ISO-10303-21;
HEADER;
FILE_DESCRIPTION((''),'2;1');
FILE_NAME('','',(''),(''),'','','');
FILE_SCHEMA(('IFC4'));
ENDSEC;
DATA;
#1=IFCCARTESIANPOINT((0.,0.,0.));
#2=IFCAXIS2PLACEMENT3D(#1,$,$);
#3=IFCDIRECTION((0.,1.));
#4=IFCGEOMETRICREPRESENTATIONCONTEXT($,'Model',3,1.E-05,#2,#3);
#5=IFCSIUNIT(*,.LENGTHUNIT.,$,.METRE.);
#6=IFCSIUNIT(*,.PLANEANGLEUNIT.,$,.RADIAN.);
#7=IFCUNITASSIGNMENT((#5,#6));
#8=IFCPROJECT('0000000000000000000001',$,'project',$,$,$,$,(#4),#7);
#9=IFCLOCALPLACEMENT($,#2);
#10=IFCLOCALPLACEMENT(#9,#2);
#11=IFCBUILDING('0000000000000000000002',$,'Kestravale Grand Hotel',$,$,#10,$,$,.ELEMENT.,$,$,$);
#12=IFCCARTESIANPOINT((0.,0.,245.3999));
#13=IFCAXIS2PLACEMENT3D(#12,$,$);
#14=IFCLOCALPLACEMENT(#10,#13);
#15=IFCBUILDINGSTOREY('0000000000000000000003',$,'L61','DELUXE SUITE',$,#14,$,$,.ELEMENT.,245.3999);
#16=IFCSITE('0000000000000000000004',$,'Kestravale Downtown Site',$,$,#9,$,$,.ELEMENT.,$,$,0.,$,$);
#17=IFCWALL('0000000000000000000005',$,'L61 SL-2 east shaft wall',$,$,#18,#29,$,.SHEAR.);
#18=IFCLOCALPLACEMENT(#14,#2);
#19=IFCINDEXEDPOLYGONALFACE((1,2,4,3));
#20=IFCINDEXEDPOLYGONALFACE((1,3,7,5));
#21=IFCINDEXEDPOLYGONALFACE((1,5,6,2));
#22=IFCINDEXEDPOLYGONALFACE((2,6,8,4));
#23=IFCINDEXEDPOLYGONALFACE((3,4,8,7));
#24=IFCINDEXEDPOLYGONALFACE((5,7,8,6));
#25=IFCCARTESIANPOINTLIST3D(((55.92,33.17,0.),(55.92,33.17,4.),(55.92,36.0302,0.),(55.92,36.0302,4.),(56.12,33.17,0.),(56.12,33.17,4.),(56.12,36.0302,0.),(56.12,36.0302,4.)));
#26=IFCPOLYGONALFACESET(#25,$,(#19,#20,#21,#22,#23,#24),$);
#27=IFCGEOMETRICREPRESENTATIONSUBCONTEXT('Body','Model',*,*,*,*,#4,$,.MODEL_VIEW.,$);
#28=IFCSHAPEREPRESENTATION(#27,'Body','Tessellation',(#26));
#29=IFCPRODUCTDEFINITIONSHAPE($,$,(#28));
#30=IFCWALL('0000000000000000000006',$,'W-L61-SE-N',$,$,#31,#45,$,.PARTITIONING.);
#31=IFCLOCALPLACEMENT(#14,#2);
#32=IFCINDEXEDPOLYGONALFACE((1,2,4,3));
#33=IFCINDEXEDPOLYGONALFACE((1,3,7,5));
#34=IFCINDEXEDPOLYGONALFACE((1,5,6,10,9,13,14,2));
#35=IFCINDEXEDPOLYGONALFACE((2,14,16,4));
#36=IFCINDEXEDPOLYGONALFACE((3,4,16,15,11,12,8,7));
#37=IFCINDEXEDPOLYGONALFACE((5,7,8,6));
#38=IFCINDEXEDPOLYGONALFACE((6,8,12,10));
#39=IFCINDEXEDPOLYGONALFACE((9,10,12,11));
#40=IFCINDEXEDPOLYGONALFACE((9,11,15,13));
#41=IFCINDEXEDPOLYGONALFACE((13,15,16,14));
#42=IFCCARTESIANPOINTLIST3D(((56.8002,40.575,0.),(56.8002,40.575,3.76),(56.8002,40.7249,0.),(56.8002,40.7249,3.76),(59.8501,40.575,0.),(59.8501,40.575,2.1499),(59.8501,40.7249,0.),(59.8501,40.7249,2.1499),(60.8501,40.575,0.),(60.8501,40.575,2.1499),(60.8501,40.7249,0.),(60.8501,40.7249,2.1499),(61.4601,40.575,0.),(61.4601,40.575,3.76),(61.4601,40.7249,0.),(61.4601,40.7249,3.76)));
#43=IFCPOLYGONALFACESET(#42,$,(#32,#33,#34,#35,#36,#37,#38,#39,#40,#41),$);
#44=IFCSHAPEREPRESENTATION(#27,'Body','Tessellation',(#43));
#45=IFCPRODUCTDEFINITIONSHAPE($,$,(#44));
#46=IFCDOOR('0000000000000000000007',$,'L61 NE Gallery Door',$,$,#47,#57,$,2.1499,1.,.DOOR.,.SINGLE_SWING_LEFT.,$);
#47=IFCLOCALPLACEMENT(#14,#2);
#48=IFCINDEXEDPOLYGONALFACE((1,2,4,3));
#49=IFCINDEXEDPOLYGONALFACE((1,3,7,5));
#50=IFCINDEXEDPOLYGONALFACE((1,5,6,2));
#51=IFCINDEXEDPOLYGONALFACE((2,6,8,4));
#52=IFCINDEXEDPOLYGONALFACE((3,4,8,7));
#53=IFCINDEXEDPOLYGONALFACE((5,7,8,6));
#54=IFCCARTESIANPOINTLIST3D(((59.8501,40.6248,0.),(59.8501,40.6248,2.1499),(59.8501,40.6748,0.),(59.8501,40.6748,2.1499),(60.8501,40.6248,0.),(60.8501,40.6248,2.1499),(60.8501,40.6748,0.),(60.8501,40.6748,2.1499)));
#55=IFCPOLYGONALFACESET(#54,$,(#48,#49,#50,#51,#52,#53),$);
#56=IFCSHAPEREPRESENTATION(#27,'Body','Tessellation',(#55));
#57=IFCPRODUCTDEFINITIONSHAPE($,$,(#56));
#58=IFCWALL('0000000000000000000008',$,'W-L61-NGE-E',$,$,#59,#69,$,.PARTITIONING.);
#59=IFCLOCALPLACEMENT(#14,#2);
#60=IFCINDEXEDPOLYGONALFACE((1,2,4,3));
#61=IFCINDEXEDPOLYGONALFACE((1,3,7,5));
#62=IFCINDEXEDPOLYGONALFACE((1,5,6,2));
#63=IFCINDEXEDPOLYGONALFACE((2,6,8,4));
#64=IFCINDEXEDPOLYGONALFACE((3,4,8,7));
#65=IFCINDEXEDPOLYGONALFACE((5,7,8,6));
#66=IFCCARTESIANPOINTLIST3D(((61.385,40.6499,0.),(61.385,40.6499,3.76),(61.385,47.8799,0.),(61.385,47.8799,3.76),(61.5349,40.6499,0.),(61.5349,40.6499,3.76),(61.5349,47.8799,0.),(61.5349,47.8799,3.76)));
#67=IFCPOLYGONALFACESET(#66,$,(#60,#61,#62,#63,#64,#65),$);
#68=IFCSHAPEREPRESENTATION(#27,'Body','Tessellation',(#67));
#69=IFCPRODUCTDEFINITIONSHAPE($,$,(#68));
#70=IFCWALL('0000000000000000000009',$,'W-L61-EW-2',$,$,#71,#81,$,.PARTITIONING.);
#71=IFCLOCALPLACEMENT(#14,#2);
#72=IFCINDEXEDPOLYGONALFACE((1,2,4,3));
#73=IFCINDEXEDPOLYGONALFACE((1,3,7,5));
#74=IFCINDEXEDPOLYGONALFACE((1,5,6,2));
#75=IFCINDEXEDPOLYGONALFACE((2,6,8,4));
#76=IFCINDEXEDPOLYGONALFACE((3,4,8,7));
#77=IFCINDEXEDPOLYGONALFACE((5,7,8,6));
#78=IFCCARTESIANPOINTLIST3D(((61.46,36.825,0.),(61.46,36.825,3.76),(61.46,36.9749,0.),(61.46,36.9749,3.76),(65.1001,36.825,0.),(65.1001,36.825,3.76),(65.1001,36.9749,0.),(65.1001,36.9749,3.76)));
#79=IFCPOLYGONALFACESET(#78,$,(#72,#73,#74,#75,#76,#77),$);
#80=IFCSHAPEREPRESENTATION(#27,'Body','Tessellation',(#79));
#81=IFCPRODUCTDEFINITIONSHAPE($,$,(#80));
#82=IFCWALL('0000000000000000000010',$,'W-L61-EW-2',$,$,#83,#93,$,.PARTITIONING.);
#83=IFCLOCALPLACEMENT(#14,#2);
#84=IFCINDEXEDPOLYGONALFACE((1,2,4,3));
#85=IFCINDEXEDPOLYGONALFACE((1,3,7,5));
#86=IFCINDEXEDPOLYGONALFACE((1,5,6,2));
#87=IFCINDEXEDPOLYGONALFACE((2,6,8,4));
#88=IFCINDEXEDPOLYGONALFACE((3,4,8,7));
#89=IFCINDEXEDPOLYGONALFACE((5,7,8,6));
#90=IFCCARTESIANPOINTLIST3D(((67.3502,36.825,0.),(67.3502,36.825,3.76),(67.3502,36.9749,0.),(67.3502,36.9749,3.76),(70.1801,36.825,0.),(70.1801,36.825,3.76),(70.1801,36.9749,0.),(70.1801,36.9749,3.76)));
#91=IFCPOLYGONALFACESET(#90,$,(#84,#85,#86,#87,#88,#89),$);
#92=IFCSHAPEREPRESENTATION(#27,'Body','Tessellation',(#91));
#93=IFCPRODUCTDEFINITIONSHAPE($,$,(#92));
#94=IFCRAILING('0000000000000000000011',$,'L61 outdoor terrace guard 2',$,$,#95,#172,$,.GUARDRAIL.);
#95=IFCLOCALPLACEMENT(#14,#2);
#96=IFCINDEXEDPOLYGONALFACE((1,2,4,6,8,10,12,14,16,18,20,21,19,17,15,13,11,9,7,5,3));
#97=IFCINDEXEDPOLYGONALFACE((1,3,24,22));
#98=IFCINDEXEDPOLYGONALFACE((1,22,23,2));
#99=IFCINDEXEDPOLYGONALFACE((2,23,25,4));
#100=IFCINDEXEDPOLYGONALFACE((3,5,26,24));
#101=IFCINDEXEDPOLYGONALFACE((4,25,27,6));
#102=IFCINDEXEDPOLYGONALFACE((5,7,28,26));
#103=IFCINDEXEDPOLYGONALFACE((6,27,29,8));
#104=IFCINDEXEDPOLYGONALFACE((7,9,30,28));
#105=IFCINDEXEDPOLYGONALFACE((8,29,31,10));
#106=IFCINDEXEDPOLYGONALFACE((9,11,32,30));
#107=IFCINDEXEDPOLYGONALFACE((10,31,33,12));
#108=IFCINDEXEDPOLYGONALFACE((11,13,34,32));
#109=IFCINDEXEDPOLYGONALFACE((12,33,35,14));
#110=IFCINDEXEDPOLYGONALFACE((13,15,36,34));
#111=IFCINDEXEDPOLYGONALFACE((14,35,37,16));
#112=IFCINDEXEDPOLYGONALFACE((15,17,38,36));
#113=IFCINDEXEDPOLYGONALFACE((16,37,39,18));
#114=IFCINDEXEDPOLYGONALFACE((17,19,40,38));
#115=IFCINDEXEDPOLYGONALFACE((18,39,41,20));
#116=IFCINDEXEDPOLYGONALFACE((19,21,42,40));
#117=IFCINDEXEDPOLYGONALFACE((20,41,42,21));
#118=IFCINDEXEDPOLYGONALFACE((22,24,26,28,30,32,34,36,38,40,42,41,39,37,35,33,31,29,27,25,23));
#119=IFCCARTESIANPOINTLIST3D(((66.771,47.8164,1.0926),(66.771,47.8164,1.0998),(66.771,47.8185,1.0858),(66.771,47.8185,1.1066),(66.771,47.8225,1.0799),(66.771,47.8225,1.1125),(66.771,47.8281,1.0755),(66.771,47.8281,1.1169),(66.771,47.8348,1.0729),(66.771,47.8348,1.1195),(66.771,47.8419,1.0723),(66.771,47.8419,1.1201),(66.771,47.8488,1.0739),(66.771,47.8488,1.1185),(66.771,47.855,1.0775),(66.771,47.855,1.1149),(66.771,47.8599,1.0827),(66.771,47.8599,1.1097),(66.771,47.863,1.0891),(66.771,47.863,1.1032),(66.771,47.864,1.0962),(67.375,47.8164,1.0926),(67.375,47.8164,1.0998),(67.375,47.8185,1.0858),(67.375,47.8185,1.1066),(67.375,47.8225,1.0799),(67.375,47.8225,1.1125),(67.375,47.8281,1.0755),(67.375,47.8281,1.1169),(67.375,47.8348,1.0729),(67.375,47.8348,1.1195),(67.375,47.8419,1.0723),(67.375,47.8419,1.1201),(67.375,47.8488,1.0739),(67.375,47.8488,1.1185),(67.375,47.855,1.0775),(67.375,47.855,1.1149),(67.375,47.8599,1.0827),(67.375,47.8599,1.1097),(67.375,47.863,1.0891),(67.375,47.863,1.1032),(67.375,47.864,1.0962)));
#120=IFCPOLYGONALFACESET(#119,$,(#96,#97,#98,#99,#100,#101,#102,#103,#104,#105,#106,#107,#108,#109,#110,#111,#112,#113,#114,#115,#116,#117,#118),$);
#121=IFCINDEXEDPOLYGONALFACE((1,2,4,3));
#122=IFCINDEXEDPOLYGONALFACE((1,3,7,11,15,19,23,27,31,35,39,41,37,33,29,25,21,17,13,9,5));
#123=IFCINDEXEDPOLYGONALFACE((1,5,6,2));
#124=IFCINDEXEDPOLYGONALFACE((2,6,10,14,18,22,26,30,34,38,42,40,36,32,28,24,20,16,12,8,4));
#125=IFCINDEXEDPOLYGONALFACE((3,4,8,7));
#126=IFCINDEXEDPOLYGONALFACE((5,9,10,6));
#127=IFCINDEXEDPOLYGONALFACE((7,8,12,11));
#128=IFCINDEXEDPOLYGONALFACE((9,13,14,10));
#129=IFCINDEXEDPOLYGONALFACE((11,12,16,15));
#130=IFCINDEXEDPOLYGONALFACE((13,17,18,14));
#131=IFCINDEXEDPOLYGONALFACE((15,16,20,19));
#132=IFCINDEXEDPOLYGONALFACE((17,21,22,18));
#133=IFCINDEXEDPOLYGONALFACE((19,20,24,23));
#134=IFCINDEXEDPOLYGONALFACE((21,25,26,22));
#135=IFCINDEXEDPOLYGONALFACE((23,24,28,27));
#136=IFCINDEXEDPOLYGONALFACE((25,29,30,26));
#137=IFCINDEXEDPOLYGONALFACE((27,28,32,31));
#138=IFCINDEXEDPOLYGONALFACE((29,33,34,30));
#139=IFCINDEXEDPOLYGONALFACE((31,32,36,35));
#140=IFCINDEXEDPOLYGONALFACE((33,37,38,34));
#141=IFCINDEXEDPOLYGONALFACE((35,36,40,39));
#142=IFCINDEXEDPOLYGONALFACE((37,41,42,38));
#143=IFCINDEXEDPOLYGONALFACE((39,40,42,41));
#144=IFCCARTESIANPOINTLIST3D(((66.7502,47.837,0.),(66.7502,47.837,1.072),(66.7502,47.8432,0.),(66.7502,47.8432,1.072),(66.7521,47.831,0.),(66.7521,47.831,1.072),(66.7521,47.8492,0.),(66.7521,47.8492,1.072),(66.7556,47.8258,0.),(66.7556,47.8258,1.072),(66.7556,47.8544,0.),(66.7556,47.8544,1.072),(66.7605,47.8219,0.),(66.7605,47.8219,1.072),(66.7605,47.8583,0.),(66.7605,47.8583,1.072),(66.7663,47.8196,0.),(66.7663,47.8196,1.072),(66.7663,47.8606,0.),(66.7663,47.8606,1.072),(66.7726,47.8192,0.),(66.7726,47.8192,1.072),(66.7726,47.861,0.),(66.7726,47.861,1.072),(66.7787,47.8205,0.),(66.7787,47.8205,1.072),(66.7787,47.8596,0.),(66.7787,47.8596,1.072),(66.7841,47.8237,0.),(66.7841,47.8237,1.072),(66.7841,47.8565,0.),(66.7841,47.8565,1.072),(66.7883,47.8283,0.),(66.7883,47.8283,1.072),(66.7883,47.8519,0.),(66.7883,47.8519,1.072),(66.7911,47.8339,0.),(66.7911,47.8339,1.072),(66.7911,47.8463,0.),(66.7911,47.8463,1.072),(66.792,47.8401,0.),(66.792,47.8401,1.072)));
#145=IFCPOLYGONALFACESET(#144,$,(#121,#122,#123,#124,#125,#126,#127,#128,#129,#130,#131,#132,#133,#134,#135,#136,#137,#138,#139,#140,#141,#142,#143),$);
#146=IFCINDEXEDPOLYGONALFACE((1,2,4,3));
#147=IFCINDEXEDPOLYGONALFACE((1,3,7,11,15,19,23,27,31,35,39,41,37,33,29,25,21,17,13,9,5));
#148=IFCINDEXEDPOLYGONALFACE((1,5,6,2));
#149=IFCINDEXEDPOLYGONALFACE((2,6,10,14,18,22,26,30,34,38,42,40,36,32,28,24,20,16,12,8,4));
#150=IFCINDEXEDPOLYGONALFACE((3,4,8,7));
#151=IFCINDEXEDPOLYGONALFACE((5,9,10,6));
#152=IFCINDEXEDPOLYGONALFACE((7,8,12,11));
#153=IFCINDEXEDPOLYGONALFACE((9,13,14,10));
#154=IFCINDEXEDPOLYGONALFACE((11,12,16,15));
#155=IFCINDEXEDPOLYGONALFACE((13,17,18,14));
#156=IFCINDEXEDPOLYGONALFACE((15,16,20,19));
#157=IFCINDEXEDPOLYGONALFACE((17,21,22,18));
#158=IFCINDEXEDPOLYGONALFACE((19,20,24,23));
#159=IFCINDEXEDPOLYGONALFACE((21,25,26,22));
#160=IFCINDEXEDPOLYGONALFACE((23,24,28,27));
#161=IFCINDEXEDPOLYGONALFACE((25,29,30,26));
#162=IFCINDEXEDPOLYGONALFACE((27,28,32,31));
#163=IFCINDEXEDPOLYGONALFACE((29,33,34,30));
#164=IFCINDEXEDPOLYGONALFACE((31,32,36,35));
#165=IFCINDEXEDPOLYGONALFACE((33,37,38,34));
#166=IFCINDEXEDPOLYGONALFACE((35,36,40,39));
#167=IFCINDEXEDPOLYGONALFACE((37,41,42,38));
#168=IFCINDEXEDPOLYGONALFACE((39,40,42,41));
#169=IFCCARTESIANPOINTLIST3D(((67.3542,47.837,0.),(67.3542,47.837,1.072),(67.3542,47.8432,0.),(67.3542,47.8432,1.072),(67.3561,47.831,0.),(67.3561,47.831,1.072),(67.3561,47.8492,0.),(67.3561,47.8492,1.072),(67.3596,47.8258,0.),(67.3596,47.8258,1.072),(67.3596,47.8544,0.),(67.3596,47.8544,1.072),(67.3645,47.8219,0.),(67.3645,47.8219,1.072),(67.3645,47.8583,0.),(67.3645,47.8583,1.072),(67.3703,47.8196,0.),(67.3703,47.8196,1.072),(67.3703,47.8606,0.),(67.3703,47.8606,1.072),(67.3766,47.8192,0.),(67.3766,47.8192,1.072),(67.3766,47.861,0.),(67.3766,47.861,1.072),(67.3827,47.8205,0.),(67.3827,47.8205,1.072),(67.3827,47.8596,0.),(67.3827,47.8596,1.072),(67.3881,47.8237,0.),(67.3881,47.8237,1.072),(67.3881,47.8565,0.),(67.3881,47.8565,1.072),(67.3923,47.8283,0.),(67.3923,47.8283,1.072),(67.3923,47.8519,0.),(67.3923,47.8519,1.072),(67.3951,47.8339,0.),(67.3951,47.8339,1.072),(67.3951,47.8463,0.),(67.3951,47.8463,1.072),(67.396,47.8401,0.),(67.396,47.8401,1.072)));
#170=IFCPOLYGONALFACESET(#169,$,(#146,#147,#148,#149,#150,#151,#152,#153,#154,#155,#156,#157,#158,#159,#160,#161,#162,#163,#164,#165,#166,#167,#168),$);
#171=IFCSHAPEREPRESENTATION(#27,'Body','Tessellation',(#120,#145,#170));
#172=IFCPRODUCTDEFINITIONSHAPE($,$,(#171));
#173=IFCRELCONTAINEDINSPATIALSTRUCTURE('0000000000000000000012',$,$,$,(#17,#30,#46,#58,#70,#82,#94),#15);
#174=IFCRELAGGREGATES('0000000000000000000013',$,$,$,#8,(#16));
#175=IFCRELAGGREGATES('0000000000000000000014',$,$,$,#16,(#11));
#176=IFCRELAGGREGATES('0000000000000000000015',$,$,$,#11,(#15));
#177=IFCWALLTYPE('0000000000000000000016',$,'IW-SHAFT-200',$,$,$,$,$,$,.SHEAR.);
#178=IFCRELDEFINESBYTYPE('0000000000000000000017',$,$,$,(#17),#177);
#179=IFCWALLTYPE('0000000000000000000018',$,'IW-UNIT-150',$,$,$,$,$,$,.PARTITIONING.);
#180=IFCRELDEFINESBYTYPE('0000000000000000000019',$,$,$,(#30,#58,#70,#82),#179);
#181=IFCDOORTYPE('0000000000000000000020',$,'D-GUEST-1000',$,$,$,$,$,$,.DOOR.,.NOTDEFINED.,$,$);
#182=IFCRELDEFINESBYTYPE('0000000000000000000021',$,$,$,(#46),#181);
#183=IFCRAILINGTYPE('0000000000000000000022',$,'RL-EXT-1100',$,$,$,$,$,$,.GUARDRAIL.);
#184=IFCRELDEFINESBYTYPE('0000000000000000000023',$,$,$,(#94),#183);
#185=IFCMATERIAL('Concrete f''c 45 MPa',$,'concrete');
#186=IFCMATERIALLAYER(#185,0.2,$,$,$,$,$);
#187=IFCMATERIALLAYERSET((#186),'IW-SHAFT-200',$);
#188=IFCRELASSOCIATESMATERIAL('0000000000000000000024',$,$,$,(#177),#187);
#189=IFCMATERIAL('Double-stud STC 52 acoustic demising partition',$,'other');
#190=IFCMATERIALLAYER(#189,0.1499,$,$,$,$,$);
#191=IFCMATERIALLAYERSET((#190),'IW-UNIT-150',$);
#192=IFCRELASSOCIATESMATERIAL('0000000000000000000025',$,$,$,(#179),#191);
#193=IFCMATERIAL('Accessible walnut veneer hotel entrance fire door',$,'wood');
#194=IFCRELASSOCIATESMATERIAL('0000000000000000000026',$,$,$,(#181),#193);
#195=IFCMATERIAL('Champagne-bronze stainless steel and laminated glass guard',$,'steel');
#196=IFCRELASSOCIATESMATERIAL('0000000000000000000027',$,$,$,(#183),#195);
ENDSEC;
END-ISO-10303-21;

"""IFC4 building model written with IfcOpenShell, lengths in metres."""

from ifc_helpers import new_model, si_unit, direction, frame, frame_2d, origin, origin_2d, place, context, subcontext, project, spatial, rectangle, circle, extrude, material, layer, layer_set, type_object, element, fill, save


model = new_model("IFC4")

# Units and contexts
model_context = context("Model", 3, precision=1e-05, world=origin(), true_north=direction((0.0, 1.0)))
body_context = subcontext(model_context, "Body", "Model", "MODEL_VIEW")
ifc_project = project(units=[si_unit("LENGTHUNIT", "METRE"), si_unit("PLANEANGLEUNIT", "RADIAN")], contexts=[model_context])

# Site, building, storey
site_placement = place(None, origin())
site = spatial("IfcSite", under=ifc_project, at=site_placement, Name="Kestravale Downtown Site", CompositionType="ELEMENT", RefElevation=0.0)
building_placement = place(site_placement, origin())
building = spatial("IfcBuilding", under=site, at=building_placement, Name="Kestravale Grand Hotel", CompositionType="ELEMENT")
storey_placement = place(building_placement, frame((0.0, 0.0, 245.3999)))
storey = spatial("IfcBuildingStorey", under=building, at=storey_placement, Name="L61", Description="DELUXE SUITE", CompositionType="ELEMENT", Elevation=245.3999)

# Wall
ifc_material_1 = material(Name="Concrete f'c 45 MPa", Category="concrete")
ifc_layer_1 = layer(ifc_material_1, 0.2)
ifc_layer_set_1 = layer_set([ifc_layer_1], Name="IW-SHAFT-200")
wall_type_1 = type_object("IfcWallType", Name="IW-SHAFT-200", PredefinedType="SHEAR", material=ifc_layer_set_1)
wall_1_placement = place(storey_placement, frame((56.02, 33.1699, 0.0), z_axis=(0.0, 0.0, 1.0), x_axis=(0.0, 1.0, 0.0)))
element("IfcWall", 1, at=wall_1_placement, inside=storey, type_object=wall_type_1, Name="L61 SL-2 east shaft wall", PredefinedType="SHEAR", context=body_context, shape_type="SweptSolid", body=[
    extrude(rectangle(XDim=2.8601, YDim=0.2, at=frame_2d((1.4302, 0.0))), origin(), (0.0, 0.0, 1.0), 4.0),
])

# Wall, opening, door
ifc_material_2 = material(Name="Double-stud STC 52 acoustic demising partition", Category="other")
ifc_layer_2 = layer(ifc_material_2, 0.1499)
ifc_layer_set_2 = layer_set([ifc_layer_2], Name="IW-UNIT-150")
wall_type_2 = type_object("IfcWallType", Name="IW-UNIT-150", PredefinedType="PARTITIONING", material=ifc_layer_set_2)
wall_2_placement = place(storey_placement, frame((56.8, 40.6499, 0.0), z_axis=(0.0, 0.0, 1.0), x_axis=(1.0, 0.0, 0.0)))
wall_2 = element("IfcWall", 2, at=wall_2_placement, inside=storey, type_object=wall_type_2, Name="W-L61-SE-N", PredefinedType="PARTITIONING", context=body_context, shape_type="SweptSolid", body=[
    extrude(rectangle(XDim=4.6599, YDim=0.1499, at=frame_2d((2.3301, 0.0))), origin(), (0.0, 0.0, 1.0), 3.76),
])
opening_1_placement = place(wall_2_placement, frame((3.05, 0.0, 0.0)))
opening_1 = element("IfcOpeningElement", 3, at=opening_1_placement, cuts=wall_2, PredefinedType="OPENING", context=body_context, shape_type="SweptSolid", body=[
    extrude(rectangle(XDim=1.0, YDim=2.1499, at=frame_2d((0.5, 1.075))), frame((0.0, 0.085, 0.0), z_axis=(0.0, -1.0, 0.0), x_axis=(1.0, 0.0, 0.0)), (0.0, 0.0, 1.0), 0.1699),
])
ifc_material_3 = material(Name="Accessible walnut veneer hotel entrance fire door", Category="wood")
door_type_1 = type_object("IfcDoorType", Name="D-GUEST-1000", OperationType="NOTDEFINED", PredefinedType="DOOR", material=ifc_material_3)
door_1_placement = place(opening_1_placement, origin())
door_1 = element("IfcDoor", 4, at=door_1_placement, inside=storey, type_object=door_type_1, Name="L61 NE Gallery Door", OperationType="SINGLE_SWING_LEFT", OverallHeight=2.1499, OverallWidth=1.0, PredefinedType="DOOR", context=body_context, shape_type="SweptSolid", body=[
    extrude(rectangle(XDim=1.0, YDim=2.1499, at=frame_2d((0.5, 1.075))), frame((0.0, 0.0249, 0.0), z_axis=(0.0, -1.0, 0.0), x_axis=(1.0, 0.0, 0.0)), (0.0, 0.0, 1.0), 0.05),
])
fill(opening_1, door_1)

# Walls
wall_3_placement = place(storey_placement, frame((61.46, 40.6499, 0.0), z_axis=(0.0, 0.0, 1.0), x_axis=(0.0, 1.0, 0.0)))
element("IfcWall", 5, at=wall_3_placement, inside=storey, type_object=wall_type_2, Name="W-L61-NGE-E", PredefinedType="PARTITIONING", context=body_context, shape_type="SweptSolid", body=[
    extrude(rectangle(XDim=7.23, YDim=0.1499, at=frame_2d((3.615, 0.0))), origin(), (0.0, 0.0, 1.0), 3.76),
])
wall_4_placement = place(storey_placement, frame((61.46, 36.8999, 0.0), z_axis=(0.0, 0.0, 1.0), x_axis=(1.0, 0.0, 0.0)))
element("IfcWall", 6, at=wall_4_placement, inside=storey, type_object=wall_type_2, Name="W-L61-EW-2", PredefinedType="PARTITIONING", context=body_context, shape_type="SweptSolid", body=[
    extrude(rectangle(XDim=3.6401, YDim=0.1499, at=frame_2d((1.8201, 0.0))), origin(), (0.0, 0.0, 1.0), 3.76),
])
wall_5_placement = place(storey_placement, frame((67.3501, 36.8999, 0.0), z_axis=(0.0, 0.0, 1.0), x_axis=(1.0, 0.0, 0.0)))
element("IfcWall", 7, at=wall_5_placement, inside=storey, type_object=wall_type_2, Name="W-L61-EW-2", PredefinedType="PARTITIONING", context=body_context, shape_type="SweptSolid", body=[
    extrude(rectangle(XDim=2.8298, YDim=0.1499, at=frame_2d((1.415, 0.0))), origin(), (0.0, 0.0, 1.0), 3.76),
])

# Railing
ifc_material_4 = material(Name="Champagne-bronze stainless steel and laminated glass guard", Category="steel")
railing_type = type_object("IfcRailingType", Name="RL-EXT-1100", PredefinedType="GUARDRAIL", material=ifc_material_4)
railing_1_placement = place(storey_placement, frame((66.771, 47.8401, 0.0)))
element("IfcRailing", 8, at=railing_1_placement, inside=storey, type_object=railing_type, Name="L61 outdoor terrace guard 2", PredefinedType="GUARDRAIL", context=body_context, shape_type="SweptSolid", body=[
    extrude(circle(Radius=0.0239, at=origin_2d()), frame((0.0, 0.0, 1.0962), z_axis=(1.0, 0.0, 0.0), x_axis=(0.0, 1.0, 0.0)), (0.0, 0.0, 1.0), 0.604),
    extrude(circle(Radius=0.021, at=origin_2d()), origin(), (0.0, 0.0, 1.0), 1.072),
    extrude(circle(Radius=0.021, at=origin_2d()), frame((0.604, 0.0, 0.0)), (0.0, 0.0, 1.0), 1.072),
])

save(model, "model.ifc")
